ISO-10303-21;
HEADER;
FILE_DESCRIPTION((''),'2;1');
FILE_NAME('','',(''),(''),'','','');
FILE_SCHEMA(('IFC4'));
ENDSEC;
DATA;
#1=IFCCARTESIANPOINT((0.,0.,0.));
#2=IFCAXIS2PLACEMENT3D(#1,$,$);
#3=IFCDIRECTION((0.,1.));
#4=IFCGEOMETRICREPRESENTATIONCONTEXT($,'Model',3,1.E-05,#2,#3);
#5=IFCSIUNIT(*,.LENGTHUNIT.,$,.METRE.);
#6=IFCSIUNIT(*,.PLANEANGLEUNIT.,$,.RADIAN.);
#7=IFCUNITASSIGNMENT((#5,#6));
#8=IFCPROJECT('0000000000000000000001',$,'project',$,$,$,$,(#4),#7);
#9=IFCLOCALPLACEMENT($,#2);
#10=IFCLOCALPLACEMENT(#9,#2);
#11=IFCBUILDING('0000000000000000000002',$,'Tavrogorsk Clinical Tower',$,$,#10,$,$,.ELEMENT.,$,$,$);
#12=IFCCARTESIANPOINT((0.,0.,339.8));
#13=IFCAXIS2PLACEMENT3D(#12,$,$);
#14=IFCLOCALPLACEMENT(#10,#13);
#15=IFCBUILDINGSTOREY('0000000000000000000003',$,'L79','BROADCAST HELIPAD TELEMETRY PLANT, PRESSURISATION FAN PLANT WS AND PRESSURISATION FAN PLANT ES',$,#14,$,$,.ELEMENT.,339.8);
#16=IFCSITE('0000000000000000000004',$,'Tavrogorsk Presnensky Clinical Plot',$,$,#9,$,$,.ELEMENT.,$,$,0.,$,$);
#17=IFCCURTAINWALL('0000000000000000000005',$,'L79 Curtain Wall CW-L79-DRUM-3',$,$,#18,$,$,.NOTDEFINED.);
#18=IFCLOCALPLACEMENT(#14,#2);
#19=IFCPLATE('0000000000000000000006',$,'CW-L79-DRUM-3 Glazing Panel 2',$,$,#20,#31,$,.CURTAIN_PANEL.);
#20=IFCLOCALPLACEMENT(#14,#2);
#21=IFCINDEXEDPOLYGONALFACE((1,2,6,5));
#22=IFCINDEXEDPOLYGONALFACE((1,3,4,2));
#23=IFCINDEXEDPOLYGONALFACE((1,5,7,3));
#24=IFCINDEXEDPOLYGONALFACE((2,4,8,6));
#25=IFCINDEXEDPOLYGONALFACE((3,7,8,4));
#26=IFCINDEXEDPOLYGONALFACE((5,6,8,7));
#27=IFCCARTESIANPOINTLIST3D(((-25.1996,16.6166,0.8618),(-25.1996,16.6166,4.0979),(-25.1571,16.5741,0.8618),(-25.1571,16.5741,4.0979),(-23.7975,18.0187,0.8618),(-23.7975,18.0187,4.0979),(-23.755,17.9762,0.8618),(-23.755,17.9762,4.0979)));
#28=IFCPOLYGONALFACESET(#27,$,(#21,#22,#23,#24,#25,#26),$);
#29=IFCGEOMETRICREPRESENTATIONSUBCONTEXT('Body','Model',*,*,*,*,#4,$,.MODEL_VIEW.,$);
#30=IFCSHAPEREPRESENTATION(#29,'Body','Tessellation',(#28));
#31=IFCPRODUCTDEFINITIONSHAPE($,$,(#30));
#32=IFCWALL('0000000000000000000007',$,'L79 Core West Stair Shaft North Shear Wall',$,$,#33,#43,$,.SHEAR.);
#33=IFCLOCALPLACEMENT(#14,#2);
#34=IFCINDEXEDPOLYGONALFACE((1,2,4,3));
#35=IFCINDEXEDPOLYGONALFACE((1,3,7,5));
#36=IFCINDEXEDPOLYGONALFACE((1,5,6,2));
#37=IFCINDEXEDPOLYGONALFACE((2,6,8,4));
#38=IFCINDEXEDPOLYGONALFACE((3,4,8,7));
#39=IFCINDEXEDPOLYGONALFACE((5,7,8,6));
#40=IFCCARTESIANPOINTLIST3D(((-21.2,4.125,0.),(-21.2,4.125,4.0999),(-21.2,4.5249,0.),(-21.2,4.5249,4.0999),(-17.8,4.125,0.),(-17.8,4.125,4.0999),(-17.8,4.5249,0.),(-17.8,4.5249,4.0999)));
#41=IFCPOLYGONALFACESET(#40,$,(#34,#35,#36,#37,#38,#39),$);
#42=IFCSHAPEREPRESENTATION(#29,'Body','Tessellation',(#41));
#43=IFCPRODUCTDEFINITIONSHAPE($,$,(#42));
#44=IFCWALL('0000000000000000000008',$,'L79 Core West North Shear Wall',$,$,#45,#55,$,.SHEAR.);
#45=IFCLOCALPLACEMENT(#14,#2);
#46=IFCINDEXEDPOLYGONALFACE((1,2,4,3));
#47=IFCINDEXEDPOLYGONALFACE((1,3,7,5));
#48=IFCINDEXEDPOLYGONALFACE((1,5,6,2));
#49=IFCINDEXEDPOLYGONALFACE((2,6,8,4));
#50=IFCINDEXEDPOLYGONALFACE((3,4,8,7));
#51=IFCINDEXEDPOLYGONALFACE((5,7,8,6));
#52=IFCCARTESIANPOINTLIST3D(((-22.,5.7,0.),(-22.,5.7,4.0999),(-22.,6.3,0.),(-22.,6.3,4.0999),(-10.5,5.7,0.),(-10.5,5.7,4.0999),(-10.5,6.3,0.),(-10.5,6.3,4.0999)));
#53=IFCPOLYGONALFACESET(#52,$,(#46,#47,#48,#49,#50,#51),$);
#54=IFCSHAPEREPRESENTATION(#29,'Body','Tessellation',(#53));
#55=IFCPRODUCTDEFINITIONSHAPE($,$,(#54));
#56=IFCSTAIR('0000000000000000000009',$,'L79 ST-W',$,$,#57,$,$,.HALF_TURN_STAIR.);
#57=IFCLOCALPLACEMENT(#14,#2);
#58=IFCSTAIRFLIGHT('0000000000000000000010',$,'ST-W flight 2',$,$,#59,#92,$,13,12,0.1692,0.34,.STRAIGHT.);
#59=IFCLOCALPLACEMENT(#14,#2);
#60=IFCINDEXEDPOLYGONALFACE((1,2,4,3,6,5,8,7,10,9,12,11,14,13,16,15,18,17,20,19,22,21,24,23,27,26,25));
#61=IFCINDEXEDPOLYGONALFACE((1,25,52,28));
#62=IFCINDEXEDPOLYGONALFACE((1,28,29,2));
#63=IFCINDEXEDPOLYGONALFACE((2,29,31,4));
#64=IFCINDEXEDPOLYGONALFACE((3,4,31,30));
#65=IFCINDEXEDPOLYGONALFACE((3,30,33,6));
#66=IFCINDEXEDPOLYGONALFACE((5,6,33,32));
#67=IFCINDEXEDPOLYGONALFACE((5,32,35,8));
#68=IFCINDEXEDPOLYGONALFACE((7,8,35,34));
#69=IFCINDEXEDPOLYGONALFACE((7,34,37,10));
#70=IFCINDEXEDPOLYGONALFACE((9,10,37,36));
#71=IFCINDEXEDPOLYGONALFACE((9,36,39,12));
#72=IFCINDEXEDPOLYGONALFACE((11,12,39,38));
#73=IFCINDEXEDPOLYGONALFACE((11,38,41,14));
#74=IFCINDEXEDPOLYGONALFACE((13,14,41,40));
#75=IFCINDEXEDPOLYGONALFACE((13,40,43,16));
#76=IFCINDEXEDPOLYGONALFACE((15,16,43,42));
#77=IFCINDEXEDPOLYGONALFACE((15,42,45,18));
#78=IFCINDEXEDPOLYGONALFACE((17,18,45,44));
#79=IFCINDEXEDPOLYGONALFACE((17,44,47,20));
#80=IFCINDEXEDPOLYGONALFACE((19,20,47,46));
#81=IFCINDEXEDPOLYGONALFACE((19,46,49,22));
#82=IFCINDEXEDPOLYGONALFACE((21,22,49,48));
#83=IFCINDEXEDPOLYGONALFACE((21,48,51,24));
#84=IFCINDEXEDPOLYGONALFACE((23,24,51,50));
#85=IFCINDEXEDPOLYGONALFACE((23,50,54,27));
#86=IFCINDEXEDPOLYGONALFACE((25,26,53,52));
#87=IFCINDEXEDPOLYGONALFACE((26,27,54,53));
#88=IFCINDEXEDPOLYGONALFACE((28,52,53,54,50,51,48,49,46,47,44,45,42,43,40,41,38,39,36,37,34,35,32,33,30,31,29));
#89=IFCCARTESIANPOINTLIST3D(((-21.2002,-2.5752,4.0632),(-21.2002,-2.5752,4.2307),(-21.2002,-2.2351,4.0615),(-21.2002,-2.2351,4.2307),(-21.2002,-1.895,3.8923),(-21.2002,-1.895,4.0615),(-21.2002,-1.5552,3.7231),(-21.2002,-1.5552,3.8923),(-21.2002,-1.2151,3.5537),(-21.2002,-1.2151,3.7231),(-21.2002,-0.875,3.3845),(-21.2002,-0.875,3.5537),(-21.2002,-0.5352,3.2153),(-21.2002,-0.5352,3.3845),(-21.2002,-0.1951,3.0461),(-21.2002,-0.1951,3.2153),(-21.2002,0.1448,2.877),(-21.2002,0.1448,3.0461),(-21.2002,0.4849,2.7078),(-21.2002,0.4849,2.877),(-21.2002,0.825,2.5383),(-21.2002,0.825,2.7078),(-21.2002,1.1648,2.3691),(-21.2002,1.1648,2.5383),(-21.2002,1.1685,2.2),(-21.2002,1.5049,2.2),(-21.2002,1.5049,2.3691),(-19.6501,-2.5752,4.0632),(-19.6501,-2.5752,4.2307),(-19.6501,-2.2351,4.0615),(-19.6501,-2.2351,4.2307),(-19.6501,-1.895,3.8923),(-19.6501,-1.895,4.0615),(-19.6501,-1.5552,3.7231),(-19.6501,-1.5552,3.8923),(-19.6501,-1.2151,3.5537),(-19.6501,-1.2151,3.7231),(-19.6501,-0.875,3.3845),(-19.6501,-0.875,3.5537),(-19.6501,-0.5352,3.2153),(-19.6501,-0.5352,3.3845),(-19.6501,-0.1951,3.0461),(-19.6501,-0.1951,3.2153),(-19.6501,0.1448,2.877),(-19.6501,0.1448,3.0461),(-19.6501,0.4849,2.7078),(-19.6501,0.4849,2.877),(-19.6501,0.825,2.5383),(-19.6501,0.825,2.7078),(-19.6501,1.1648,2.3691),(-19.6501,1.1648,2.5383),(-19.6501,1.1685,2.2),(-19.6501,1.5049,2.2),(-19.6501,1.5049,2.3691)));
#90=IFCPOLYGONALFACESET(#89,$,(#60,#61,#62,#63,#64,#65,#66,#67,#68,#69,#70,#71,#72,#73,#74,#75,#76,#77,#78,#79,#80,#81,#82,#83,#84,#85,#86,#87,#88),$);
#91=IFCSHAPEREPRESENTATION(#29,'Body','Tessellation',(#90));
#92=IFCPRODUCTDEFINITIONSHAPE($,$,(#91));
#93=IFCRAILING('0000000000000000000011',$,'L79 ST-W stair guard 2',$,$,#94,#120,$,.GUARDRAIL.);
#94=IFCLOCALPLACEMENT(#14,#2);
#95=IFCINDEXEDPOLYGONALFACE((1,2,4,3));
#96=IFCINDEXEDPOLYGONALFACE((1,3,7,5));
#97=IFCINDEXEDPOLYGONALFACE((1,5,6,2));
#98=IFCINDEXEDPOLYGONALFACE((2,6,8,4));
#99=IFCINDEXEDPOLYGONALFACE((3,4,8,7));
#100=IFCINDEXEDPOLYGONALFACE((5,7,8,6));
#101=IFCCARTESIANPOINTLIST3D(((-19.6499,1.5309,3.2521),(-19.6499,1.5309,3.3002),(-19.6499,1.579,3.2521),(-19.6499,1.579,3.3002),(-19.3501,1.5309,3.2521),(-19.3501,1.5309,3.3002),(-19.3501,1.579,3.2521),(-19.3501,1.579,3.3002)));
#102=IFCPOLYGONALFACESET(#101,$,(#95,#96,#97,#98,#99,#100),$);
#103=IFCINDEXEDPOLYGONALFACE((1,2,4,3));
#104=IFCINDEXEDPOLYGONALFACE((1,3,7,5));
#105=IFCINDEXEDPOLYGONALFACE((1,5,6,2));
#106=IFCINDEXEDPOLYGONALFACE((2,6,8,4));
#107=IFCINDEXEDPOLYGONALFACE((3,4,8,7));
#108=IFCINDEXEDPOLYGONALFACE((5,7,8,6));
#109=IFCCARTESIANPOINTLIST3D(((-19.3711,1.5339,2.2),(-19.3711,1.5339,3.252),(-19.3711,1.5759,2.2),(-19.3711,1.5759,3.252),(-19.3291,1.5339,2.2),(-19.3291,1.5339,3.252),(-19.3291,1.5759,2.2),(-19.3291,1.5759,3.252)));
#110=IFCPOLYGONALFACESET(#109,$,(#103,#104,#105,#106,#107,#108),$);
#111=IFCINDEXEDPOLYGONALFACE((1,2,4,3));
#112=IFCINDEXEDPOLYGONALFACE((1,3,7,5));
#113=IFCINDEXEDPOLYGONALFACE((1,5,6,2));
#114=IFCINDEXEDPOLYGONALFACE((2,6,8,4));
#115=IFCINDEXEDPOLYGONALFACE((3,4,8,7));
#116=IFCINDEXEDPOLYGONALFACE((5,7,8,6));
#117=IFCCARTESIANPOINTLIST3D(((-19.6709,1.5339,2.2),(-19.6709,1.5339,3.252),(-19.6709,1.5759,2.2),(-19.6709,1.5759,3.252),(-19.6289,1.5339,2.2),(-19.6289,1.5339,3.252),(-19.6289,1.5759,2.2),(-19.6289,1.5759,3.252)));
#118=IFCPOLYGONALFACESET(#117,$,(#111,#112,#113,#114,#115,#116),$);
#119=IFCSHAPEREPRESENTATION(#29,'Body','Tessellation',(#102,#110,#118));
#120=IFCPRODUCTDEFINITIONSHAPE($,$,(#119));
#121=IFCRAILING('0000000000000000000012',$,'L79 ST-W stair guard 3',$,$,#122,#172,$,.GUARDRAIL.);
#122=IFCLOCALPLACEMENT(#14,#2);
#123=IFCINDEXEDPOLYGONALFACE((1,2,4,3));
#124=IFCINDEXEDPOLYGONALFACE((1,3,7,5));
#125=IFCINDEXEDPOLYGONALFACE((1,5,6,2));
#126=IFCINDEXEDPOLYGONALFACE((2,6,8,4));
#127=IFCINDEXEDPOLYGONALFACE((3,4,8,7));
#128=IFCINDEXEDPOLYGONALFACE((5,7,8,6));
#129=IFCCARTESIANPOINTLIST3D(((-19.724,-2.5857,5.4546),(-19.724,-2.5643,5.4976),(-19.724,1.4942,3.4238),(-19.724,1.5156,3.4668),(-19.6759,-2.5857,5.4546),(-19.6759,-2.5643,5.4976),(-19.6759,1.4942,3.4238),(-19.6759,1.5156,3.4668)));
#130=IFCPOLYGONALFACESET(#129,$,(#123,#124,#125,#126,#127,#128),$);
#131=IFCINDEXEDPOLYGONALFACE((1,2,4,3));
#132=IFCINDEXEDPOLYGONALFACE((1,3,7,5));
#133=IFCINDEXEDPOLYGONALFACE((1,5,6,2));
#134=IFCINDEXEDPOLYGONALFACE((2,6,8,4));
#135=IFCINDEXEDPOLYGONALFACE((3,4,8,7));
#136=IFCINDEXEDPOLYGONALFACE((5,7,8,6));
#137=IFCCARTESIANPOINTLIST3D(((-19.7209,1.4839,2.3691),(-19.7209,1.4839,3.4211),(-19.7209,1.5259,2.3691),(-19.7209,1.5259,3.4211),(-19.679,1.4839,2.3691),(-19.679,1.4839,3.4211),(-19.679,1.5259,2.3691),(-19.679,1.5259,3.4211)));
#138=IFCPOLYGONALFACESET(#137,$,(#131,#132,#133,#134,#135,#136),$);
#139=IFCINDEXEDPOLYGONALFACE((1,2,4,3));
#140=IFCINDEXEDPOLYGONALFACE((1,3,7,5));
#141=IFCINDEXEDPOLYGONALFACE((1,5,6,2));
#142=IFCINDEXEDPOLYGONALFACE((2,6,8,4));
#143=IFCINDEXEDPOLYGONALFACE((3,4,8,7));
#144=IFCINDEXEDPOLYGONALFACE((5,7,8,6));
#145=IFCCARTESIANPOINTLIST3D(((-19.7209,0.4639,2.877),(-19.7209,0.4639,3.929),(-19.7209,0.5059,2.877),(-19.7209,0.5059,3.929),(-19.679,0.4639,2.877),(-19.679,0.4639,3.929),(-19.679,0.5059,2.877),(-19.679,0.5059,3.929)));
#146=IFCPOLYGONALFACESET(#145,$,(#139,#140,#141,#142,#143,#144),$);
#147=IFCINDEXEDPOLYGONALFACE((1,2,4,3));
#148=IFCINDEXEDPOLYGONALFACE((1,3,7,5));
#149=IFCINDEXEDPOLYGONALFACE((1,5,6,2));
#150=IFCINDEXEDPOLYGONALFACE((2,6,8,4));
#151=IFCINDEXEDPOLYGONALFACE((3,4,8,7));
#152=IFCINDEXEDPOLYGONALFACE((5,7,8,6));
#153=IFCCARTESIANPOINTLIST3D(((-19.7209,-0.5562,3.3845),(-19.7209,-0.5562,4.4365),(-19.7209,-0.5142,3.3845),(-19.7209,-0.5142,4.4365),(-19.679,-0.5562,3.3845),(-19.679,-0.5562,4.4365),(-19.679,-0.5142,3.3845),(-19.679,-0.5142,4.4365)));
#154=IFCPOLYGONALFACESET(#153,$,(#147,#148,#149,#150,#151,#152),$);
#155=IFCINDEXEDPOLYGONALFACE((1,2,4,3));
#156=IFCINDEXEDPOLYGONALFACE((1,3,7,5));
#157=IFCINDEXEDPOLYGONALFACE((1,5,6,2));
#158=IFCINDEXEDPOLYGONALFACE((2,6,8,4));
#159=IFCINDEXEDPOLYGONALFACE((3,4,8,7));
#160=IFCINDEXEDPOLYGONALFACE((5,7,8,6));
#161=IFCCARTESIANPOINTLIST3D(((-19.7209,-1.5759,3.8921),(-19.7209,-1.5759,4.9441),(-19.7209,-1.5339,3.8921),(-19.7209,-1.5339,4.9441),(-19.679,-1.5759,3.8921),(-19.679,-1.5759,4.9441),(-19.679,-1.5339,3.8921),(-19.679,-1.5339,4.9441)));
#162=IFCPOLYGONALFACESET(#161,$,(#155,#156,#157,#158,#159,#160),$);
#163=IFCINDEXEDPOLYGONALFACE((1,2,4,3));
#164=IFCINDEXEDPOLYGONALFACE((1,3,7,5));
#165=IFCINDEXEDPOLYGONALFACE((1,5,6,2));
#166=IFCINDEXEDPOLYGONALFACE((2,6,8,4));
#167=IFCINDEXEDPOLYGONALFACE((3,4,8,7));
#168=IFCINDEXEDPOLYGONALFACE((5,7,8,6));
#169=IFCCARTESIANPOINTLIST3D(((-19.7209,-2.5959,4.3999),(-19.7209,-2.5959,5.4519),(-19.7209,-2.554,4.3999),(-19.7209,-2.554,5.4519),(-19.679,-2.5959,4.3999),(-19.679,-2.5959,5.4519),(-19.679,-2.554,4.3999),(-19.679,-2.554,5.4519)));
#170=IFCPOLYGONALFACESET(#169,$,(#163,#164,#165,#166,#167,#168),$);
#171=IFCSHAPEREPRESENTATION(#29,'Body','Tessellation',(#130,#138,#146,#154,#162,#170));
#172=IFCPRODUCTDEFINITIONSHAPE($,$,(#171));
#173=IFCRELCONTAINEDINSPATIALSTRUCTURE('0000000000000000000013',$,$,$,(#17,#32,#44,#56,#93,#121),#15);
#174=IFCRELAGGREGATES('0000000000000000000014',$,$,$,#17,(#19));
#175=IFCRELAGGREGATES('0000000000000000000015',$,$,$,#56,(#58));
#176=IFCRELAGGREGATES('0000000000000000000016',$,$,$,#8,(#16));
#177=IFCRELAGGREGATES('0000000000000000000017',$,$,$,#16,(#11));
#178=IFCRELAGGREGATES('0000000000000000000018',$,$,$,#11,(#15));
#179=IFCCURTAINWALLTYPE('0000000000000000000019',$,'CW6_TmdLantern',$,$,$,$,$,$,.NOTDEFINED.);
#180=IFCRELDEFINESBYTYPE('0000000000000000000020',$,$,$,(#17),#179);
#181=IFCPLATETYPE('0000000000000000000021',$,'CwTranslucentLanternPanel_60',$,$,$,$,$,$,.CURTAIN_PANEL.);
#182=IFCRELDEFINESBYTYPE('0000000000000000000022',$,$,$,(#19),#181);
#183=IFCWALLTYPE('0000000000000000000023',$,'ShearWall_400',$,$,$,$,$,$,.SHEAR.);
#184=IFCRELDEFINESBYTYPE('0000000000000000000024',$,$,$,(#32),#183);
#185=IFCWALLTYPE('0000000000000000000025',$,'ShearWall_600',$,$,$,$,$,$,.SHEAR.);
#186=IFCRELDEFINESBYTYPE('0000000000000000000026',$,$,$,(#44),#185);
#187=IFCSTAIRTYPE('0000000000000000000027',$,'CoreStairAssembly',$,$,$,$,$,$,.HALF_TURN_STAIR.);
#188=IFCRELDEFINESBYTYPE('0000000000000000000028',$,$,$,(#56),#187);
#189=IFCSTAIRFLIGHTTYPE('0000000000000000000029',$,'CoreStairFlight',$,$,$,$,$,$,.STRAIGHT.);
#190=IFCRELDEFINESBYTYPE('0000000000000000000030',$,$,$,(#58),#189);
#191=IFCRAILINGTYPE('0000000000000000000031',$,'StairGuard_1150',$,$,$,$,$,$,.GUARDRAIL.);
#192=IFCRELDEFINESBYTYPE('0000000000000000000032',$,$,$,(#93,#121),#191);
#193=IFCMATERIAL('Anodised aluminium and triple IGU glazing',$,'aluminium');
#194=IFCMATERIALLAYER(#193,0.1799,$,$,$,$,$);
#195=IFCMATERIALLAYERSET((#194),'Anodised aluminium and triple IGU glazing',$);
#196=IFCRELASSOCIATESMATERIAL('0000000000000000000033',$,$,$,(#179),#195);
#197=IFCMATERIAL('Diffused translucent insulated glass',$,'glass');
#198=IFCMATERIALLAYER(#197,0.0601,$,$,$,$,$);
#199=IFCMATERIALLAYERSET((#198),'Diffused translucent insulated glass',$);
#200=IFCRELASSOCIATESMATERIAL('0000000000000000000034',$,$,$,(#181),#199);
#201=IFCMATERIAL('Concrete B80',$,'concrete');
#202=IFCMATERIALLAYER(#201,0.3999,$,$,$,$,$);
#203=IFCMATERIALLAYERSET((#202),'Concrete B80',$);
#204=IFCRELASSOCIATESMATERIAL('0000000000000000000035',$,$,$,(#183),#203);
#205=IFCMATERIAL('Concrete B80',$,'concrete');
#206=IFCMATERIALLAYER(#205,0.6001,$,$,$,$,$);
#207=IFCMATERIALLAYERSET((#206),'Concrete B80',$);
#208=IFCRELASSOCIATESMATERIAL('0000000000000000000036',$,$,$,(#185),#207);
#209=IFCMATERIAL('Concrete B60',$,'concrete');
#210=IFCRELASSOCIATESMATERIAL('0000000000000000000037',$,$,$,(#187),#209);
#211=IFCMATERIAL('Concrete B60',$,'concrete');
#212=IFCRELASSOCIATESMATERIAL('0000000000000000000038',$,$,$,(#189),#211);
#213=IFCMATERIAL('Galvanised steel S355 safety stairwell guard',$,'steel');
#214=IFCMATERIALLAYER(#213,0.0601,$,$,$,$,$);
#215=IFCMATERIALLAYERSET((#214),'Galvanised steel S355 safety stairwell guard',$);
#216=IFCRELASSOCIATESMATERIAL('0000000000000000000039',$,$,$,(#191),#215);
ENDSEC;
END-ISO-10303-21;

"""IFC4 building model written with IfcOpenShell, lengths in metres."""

from ifc_helpers import new_model, si_unit, direction, frame, frame_2d, origin, origin_2d, place, context, subcontext, project, spatial, polyline, rectangle, outline, extrude, material, layer, layer_set, type_object, element, aggregate, save


model = new_model("IFC4")

# Units and contexts
model_context = context("Model", 3, precision=1e-05, world=origin(), true_north=direction((0.0, 1.0)))
body_context = subcontext(model_context, "Body", "Model", "MODEL_VIEW")
ifc_project = project(units=[si_unit("LENGTHUNIT", "METRE"), si_unit("PLANEANGLEUNIT", "RADIAN")], contexts=[model_context])

# Site, building, storey
site_placement = place(None, origin())
site = spatial("IfcSite", under=ifc_project, at=site_placement, Name="Tavrogorsk Presnensky Clinical Plot", CompositionType="ELEMENT", RefElevation=0.0)
building_placement = place(site_placement, origin())
building = spatial("IfcBuilding", under=site, at=building_placement, Name="Tavrogorsk Clinical Tower", CompositionType="ELEMENT")
storey_placement = place(building_placement, frame((0.0, 0.0, 339.8)))
storey = spatial("IfcBuildingStorey", under=building, at=storey_placement, Name="L79", Description="BROADCAST HELIPAD TELEMETRY PLANT, PRESSURISATION FAN PLANT WS AND PRESSURISATION FAN PLANT ES", CompositionType="ELEMENT", Elevation=339.8)

# Curtain wall
ifc_material_1 = material(Name="Anodised aluminium and triple IGU glazing", Category="aluminium")
ifc_layer_1 = layer(ifc_material_1, 0.1799)
ifc_layer_set_1 = layer_set([ifc_layer_1], Name="Anodised aluminium and triple IGU glazing")
curtain_wall_type = type_object("IfcCurtainWallType", Name="CW6_TmdLantern", PredefinedType="NOTDEFINED", material=ifc_layer_set_1)
curtain_wall_1_placement = place(storey_placement, origin())
curtain_wall_1 = element("IfcCurtainWall", 1, at=curtain_wall_1_placement, inside=storey, type_object=curtain_wall_type, Name="L79 Curtain Wall CW-L79-DRUM-3", PredefinedType="NOTDEFINED")

# Plate
ifc_material_2 = material(Name="Diffused translucent insulated glass", Category="glass")
ifc_layer_2 = layer(ifc_material_2, 0.0601)
ifc_layer_set_2 = layer_set([ifc_layer_2], Name="Diffused translucent insulated glass")
plate_type_1 = type_object("IfcPlateType", Name="CwTranslucentLanternPanel_60", PredefinedType="CURTAIN_PANEL", material=ifc_layer_set_2)
plate_1_placement = place(storey_placement, frame((-24.4773, 17.2964, 0.8618), z_axis=(0.0, 0.0, 1.0), x_axis=(0.707107, 0.707107, 0.0)))
plate_1 = element("IfcPlate", 2, at=plate_1_placement, type_object=plate_type_1, Name="CW-L79-DRUM-3 Glazing Panel 2", PredefinedType="CURTAIN_PANEL", context=body_context, shape_type="SweptSolid", body=[
    extrude(rectangle(XDim=1.9829, YDim=0.0601, at=origin_2d()), origin(), (0.0, 0.0, 1.0), 3.2361),
])
aggregate(curtain_wall_1, [plate_1])

# Walls
ifc_material_3 = material(Name="Concrete B80", Category="concrete")
ifc_layer_3 = layer(ifc_material_3, 0.3999)
ifc_layer_set_3 = layer_set([ifc_layer_3], Name="Concrete B80")
wall_type_1 = type_object("IfcWallType", Name="ShearWall_400", PredefinedType="SHEAR", material=ifc_layer_set_3)
wall_1_placement = place(storey_placement, frame((-21.2, 4.325, 0.0), z_axis=(0.0, 0.0, 1.0), x_axis=(1.0, 0.0, 0.0)))
element("IfcWall", 3, at=wall_1_placement, inside=storey, type_object=wall_type_1, Name="L79 Core West Stair Shaft North Shear Wall", PredefinedType="SHEAR", context=body_context, shape_type="SweptSolid", body=[
    extrude(rectangle(XDim=3.3999, YDim=0.3999, at=frame_2d((1.7, 0.0))), origin(), (0.0, 0.0, 1.0), 4.0999),
])
ifc_material_4 = material(Name="Concrete B80", Category="concrete")
ifc_layer_4 = layer(ifc_material_4, 0.6001)
ifc_layer_set_4 = layer_set([ifc_layer_4], Name="Concrete B80")
wall_type_2 = type_object("IfcWallType", Name="ShearWall_600", PredefinedType="SHEAR", material=ifc_layer_set_4)
wall_2_placement = place(storey_placement, frame((-22.0, 6.0, 0.0), z_axis=(0.0, 0.0, 1.0), x_axis=(1.0, 0.0, 0.0)))
element("IfcWall", 4, at=wall_2_placement, inside=storey, type_object=wall_type_2, Name="L79 Core West North Shear Wall", PredefinedType="SHEAR", context=body_context, shape_type="SweptSolid", body=[
    extrude(rectangle(XDim=11.5, YDim=0.6001, at=frame_2d((5.75, 0.0))), origin(), (0.0, 0.0, 1.0), 4.0999),
])

# Stair, stair flight
ifc_material_5 = material(Name="Concrete B60", Category="concrete")
stair_type = type_object("IfcStairType", Name="CoreStairAssembly", PredefinedType="HALF_TURN_STAIR", material=ifc_material_5)
stair_placement = place(storey_placement, origin())
stair = element("IfcStair", 5, at=stair_placement, inside=storey, type_object=stair_type, Name="L79 ST-W", PredefinedType="HALF_TURN_STAIR")
ifc_material_6 = material(Name="Concrete B60", Category="concrete")
stair_flight_type = type_object("IfcStairFlightType", Name="CoreStairFlight", PredefinedType="STRAIGHT", material=ifc_material_6)
stair_flight_placement = place(storey_placement, frame((-20.425, 1.5049, 2.2), z_axis=(0.0, 0.0, 1.0), x_axis=(0.0, -1.0, 0.0)))
stair_flight = element("IfcStairFlight", 6, at=stair_flight_placement, type_object=stair_flight_type, Name="ST-W flight 2", NumberOfRisers=13, NumberOfTreads=12, PredefinedType="STRAIGHT", RiserHeight=0.1692, TreadLength=0.34, context=body_context, shape_type="SweptSolid", body=[
    extrude(outline(polyline([(0.0, 0.0), (0.0, 0.1692), (0.3401, 0.1692), (0.3401, 0.3384), (0.6799, 0.3384), (0.6799, 0.5078), (1.02, 0.5078), (1.02, 0.677), (1.3601, 0.677), (1.3601, 0.8462), (1.7, 0.8462), (1.7, 1.0154), (2.04, 1.0154), (2.04, 1.1846), (2.3799, 1.1846), (2.3799, 1.3538), (2.72, 1.3538), (2.72, 1.5232), (3.0601, 1.5232), (3.0601, 1.6924), (3.3999, 1.6924), (3.3999, 1.8616), (3.74, 1.8616), (3.74, 2.0308), (4.0801, 2.0308), (4.0801, 2.2), (4.0801, 1.8633), (0.3364, 0.0), (0.0, 0.0)])), frame((0.0, 0.7749, 0.0), z_axis=(0.0, -1.0, 0.0), x_axis=(1.0, 0.0, 0.0)), (0.0, 0.0, 1.0), 1.55),
])
aggregate(stair, [stair_flight])

# Railings
ifc_material_7 = material(Name="Galvanised steel S355 safety stairwell guard", Category="steel")
ifc_layer_5 = layer(ifc_material_7, 0.0601)
ifc_layer_set_5 = layer_set([ifc_layer_5], Name="Galvanised steel S355 safety stairwell guard")
railing_type_1 = type_object("IfcRailingType", Name="StairGuard_1150", PredefinedType="GUARDRAIL", material=ifc_layer_set_5)
railing_1_placement = place(storey_placement, frame((-19.3501, 1.5549, 2.2)))
element("IfcRailing", 7, at=railing_1_placement, inside=storey, type_object=railing_type_1, Name="L79 ST-W stair guard 2", PredefinedType="GUARDRAIL", context=body_context, shape_type="SweptSolid", body=[
    extrude(rectangle(XDim=0.0481, YDim=0.0481, at=origin_2d()), frame((0.0, 0.0, 1.0762), z_axis=(-1.0, 0.0, 0.0), x_axis=(0.0, -1.0, 0.0)), (0.0, 0.0, 1.0), 0.2998),
    extrude(rectangle(XDim=0.042, YDim=0.042, at=origin_2d()), origin(), (0.0, 0.0, 1.0), 1.052),
    extrude(rectangle(XDim=0.042, YDim=0.042, at=origin_2d()), frame((-0.2998, 0.0, 0.0)), (0.0, 0.0, 1.0), 1.052),
])
railing_2_placement = place(storey_placement, frame((-19.7, 1.5049, 2.3691)))
element("IfcRailing", 8, at=railing_2_placement, inside=storey, type_object=railing_type_1, Name="L79 ST-W stair guard 3", PredefinedType="GUARDRAIL", context=body_context, shape_type="SweptSolid", body=[
    extrude(rectangle(XDim=0.0481, YDim=0.0481, at=origin_2d()), frame((0.0, 0.0, 1.0762), z_axis=(0.0, -0.895229, 0.445606), x_axis=(1.0, 0.0, 0.0)), (0.0, 0.0, 1.0), 4.5574),
    extrude(rectangle(XDim=0.042, YDim=0.042, at=origin_2d()), origin(), (0.0, 0.0, 1.0), 1.052),
    extrude(rectangle(XDim=0.042, YDim=0.042, at=origin_2d()), frame((0.0, -1.02, 0.5078)), (0.0, 0.0, 1.0), 1.052),
    extrude(rectangle(XDim=0.042, YDim=0.042, at=origin_2d()), frame((0.0, -2.04, 1.0154)), (0.0, 0.0, 1.0), 1.052),
    extrude(rectangle(XDim=0.042, YDim=0.042, at=origin_2d()), frame((0.0, -3.0598, 1.5229)), (0.0, 0.0, 1.0), 1.052),
    extrude(rectangle(XDim=0.042, YDim=0.042, at=origin_2d()), frame((0.0, -4.0798, 2.0308)), (0.0, 0.0, 1.0), 1.052),
])

save(model, "model.ifc")
